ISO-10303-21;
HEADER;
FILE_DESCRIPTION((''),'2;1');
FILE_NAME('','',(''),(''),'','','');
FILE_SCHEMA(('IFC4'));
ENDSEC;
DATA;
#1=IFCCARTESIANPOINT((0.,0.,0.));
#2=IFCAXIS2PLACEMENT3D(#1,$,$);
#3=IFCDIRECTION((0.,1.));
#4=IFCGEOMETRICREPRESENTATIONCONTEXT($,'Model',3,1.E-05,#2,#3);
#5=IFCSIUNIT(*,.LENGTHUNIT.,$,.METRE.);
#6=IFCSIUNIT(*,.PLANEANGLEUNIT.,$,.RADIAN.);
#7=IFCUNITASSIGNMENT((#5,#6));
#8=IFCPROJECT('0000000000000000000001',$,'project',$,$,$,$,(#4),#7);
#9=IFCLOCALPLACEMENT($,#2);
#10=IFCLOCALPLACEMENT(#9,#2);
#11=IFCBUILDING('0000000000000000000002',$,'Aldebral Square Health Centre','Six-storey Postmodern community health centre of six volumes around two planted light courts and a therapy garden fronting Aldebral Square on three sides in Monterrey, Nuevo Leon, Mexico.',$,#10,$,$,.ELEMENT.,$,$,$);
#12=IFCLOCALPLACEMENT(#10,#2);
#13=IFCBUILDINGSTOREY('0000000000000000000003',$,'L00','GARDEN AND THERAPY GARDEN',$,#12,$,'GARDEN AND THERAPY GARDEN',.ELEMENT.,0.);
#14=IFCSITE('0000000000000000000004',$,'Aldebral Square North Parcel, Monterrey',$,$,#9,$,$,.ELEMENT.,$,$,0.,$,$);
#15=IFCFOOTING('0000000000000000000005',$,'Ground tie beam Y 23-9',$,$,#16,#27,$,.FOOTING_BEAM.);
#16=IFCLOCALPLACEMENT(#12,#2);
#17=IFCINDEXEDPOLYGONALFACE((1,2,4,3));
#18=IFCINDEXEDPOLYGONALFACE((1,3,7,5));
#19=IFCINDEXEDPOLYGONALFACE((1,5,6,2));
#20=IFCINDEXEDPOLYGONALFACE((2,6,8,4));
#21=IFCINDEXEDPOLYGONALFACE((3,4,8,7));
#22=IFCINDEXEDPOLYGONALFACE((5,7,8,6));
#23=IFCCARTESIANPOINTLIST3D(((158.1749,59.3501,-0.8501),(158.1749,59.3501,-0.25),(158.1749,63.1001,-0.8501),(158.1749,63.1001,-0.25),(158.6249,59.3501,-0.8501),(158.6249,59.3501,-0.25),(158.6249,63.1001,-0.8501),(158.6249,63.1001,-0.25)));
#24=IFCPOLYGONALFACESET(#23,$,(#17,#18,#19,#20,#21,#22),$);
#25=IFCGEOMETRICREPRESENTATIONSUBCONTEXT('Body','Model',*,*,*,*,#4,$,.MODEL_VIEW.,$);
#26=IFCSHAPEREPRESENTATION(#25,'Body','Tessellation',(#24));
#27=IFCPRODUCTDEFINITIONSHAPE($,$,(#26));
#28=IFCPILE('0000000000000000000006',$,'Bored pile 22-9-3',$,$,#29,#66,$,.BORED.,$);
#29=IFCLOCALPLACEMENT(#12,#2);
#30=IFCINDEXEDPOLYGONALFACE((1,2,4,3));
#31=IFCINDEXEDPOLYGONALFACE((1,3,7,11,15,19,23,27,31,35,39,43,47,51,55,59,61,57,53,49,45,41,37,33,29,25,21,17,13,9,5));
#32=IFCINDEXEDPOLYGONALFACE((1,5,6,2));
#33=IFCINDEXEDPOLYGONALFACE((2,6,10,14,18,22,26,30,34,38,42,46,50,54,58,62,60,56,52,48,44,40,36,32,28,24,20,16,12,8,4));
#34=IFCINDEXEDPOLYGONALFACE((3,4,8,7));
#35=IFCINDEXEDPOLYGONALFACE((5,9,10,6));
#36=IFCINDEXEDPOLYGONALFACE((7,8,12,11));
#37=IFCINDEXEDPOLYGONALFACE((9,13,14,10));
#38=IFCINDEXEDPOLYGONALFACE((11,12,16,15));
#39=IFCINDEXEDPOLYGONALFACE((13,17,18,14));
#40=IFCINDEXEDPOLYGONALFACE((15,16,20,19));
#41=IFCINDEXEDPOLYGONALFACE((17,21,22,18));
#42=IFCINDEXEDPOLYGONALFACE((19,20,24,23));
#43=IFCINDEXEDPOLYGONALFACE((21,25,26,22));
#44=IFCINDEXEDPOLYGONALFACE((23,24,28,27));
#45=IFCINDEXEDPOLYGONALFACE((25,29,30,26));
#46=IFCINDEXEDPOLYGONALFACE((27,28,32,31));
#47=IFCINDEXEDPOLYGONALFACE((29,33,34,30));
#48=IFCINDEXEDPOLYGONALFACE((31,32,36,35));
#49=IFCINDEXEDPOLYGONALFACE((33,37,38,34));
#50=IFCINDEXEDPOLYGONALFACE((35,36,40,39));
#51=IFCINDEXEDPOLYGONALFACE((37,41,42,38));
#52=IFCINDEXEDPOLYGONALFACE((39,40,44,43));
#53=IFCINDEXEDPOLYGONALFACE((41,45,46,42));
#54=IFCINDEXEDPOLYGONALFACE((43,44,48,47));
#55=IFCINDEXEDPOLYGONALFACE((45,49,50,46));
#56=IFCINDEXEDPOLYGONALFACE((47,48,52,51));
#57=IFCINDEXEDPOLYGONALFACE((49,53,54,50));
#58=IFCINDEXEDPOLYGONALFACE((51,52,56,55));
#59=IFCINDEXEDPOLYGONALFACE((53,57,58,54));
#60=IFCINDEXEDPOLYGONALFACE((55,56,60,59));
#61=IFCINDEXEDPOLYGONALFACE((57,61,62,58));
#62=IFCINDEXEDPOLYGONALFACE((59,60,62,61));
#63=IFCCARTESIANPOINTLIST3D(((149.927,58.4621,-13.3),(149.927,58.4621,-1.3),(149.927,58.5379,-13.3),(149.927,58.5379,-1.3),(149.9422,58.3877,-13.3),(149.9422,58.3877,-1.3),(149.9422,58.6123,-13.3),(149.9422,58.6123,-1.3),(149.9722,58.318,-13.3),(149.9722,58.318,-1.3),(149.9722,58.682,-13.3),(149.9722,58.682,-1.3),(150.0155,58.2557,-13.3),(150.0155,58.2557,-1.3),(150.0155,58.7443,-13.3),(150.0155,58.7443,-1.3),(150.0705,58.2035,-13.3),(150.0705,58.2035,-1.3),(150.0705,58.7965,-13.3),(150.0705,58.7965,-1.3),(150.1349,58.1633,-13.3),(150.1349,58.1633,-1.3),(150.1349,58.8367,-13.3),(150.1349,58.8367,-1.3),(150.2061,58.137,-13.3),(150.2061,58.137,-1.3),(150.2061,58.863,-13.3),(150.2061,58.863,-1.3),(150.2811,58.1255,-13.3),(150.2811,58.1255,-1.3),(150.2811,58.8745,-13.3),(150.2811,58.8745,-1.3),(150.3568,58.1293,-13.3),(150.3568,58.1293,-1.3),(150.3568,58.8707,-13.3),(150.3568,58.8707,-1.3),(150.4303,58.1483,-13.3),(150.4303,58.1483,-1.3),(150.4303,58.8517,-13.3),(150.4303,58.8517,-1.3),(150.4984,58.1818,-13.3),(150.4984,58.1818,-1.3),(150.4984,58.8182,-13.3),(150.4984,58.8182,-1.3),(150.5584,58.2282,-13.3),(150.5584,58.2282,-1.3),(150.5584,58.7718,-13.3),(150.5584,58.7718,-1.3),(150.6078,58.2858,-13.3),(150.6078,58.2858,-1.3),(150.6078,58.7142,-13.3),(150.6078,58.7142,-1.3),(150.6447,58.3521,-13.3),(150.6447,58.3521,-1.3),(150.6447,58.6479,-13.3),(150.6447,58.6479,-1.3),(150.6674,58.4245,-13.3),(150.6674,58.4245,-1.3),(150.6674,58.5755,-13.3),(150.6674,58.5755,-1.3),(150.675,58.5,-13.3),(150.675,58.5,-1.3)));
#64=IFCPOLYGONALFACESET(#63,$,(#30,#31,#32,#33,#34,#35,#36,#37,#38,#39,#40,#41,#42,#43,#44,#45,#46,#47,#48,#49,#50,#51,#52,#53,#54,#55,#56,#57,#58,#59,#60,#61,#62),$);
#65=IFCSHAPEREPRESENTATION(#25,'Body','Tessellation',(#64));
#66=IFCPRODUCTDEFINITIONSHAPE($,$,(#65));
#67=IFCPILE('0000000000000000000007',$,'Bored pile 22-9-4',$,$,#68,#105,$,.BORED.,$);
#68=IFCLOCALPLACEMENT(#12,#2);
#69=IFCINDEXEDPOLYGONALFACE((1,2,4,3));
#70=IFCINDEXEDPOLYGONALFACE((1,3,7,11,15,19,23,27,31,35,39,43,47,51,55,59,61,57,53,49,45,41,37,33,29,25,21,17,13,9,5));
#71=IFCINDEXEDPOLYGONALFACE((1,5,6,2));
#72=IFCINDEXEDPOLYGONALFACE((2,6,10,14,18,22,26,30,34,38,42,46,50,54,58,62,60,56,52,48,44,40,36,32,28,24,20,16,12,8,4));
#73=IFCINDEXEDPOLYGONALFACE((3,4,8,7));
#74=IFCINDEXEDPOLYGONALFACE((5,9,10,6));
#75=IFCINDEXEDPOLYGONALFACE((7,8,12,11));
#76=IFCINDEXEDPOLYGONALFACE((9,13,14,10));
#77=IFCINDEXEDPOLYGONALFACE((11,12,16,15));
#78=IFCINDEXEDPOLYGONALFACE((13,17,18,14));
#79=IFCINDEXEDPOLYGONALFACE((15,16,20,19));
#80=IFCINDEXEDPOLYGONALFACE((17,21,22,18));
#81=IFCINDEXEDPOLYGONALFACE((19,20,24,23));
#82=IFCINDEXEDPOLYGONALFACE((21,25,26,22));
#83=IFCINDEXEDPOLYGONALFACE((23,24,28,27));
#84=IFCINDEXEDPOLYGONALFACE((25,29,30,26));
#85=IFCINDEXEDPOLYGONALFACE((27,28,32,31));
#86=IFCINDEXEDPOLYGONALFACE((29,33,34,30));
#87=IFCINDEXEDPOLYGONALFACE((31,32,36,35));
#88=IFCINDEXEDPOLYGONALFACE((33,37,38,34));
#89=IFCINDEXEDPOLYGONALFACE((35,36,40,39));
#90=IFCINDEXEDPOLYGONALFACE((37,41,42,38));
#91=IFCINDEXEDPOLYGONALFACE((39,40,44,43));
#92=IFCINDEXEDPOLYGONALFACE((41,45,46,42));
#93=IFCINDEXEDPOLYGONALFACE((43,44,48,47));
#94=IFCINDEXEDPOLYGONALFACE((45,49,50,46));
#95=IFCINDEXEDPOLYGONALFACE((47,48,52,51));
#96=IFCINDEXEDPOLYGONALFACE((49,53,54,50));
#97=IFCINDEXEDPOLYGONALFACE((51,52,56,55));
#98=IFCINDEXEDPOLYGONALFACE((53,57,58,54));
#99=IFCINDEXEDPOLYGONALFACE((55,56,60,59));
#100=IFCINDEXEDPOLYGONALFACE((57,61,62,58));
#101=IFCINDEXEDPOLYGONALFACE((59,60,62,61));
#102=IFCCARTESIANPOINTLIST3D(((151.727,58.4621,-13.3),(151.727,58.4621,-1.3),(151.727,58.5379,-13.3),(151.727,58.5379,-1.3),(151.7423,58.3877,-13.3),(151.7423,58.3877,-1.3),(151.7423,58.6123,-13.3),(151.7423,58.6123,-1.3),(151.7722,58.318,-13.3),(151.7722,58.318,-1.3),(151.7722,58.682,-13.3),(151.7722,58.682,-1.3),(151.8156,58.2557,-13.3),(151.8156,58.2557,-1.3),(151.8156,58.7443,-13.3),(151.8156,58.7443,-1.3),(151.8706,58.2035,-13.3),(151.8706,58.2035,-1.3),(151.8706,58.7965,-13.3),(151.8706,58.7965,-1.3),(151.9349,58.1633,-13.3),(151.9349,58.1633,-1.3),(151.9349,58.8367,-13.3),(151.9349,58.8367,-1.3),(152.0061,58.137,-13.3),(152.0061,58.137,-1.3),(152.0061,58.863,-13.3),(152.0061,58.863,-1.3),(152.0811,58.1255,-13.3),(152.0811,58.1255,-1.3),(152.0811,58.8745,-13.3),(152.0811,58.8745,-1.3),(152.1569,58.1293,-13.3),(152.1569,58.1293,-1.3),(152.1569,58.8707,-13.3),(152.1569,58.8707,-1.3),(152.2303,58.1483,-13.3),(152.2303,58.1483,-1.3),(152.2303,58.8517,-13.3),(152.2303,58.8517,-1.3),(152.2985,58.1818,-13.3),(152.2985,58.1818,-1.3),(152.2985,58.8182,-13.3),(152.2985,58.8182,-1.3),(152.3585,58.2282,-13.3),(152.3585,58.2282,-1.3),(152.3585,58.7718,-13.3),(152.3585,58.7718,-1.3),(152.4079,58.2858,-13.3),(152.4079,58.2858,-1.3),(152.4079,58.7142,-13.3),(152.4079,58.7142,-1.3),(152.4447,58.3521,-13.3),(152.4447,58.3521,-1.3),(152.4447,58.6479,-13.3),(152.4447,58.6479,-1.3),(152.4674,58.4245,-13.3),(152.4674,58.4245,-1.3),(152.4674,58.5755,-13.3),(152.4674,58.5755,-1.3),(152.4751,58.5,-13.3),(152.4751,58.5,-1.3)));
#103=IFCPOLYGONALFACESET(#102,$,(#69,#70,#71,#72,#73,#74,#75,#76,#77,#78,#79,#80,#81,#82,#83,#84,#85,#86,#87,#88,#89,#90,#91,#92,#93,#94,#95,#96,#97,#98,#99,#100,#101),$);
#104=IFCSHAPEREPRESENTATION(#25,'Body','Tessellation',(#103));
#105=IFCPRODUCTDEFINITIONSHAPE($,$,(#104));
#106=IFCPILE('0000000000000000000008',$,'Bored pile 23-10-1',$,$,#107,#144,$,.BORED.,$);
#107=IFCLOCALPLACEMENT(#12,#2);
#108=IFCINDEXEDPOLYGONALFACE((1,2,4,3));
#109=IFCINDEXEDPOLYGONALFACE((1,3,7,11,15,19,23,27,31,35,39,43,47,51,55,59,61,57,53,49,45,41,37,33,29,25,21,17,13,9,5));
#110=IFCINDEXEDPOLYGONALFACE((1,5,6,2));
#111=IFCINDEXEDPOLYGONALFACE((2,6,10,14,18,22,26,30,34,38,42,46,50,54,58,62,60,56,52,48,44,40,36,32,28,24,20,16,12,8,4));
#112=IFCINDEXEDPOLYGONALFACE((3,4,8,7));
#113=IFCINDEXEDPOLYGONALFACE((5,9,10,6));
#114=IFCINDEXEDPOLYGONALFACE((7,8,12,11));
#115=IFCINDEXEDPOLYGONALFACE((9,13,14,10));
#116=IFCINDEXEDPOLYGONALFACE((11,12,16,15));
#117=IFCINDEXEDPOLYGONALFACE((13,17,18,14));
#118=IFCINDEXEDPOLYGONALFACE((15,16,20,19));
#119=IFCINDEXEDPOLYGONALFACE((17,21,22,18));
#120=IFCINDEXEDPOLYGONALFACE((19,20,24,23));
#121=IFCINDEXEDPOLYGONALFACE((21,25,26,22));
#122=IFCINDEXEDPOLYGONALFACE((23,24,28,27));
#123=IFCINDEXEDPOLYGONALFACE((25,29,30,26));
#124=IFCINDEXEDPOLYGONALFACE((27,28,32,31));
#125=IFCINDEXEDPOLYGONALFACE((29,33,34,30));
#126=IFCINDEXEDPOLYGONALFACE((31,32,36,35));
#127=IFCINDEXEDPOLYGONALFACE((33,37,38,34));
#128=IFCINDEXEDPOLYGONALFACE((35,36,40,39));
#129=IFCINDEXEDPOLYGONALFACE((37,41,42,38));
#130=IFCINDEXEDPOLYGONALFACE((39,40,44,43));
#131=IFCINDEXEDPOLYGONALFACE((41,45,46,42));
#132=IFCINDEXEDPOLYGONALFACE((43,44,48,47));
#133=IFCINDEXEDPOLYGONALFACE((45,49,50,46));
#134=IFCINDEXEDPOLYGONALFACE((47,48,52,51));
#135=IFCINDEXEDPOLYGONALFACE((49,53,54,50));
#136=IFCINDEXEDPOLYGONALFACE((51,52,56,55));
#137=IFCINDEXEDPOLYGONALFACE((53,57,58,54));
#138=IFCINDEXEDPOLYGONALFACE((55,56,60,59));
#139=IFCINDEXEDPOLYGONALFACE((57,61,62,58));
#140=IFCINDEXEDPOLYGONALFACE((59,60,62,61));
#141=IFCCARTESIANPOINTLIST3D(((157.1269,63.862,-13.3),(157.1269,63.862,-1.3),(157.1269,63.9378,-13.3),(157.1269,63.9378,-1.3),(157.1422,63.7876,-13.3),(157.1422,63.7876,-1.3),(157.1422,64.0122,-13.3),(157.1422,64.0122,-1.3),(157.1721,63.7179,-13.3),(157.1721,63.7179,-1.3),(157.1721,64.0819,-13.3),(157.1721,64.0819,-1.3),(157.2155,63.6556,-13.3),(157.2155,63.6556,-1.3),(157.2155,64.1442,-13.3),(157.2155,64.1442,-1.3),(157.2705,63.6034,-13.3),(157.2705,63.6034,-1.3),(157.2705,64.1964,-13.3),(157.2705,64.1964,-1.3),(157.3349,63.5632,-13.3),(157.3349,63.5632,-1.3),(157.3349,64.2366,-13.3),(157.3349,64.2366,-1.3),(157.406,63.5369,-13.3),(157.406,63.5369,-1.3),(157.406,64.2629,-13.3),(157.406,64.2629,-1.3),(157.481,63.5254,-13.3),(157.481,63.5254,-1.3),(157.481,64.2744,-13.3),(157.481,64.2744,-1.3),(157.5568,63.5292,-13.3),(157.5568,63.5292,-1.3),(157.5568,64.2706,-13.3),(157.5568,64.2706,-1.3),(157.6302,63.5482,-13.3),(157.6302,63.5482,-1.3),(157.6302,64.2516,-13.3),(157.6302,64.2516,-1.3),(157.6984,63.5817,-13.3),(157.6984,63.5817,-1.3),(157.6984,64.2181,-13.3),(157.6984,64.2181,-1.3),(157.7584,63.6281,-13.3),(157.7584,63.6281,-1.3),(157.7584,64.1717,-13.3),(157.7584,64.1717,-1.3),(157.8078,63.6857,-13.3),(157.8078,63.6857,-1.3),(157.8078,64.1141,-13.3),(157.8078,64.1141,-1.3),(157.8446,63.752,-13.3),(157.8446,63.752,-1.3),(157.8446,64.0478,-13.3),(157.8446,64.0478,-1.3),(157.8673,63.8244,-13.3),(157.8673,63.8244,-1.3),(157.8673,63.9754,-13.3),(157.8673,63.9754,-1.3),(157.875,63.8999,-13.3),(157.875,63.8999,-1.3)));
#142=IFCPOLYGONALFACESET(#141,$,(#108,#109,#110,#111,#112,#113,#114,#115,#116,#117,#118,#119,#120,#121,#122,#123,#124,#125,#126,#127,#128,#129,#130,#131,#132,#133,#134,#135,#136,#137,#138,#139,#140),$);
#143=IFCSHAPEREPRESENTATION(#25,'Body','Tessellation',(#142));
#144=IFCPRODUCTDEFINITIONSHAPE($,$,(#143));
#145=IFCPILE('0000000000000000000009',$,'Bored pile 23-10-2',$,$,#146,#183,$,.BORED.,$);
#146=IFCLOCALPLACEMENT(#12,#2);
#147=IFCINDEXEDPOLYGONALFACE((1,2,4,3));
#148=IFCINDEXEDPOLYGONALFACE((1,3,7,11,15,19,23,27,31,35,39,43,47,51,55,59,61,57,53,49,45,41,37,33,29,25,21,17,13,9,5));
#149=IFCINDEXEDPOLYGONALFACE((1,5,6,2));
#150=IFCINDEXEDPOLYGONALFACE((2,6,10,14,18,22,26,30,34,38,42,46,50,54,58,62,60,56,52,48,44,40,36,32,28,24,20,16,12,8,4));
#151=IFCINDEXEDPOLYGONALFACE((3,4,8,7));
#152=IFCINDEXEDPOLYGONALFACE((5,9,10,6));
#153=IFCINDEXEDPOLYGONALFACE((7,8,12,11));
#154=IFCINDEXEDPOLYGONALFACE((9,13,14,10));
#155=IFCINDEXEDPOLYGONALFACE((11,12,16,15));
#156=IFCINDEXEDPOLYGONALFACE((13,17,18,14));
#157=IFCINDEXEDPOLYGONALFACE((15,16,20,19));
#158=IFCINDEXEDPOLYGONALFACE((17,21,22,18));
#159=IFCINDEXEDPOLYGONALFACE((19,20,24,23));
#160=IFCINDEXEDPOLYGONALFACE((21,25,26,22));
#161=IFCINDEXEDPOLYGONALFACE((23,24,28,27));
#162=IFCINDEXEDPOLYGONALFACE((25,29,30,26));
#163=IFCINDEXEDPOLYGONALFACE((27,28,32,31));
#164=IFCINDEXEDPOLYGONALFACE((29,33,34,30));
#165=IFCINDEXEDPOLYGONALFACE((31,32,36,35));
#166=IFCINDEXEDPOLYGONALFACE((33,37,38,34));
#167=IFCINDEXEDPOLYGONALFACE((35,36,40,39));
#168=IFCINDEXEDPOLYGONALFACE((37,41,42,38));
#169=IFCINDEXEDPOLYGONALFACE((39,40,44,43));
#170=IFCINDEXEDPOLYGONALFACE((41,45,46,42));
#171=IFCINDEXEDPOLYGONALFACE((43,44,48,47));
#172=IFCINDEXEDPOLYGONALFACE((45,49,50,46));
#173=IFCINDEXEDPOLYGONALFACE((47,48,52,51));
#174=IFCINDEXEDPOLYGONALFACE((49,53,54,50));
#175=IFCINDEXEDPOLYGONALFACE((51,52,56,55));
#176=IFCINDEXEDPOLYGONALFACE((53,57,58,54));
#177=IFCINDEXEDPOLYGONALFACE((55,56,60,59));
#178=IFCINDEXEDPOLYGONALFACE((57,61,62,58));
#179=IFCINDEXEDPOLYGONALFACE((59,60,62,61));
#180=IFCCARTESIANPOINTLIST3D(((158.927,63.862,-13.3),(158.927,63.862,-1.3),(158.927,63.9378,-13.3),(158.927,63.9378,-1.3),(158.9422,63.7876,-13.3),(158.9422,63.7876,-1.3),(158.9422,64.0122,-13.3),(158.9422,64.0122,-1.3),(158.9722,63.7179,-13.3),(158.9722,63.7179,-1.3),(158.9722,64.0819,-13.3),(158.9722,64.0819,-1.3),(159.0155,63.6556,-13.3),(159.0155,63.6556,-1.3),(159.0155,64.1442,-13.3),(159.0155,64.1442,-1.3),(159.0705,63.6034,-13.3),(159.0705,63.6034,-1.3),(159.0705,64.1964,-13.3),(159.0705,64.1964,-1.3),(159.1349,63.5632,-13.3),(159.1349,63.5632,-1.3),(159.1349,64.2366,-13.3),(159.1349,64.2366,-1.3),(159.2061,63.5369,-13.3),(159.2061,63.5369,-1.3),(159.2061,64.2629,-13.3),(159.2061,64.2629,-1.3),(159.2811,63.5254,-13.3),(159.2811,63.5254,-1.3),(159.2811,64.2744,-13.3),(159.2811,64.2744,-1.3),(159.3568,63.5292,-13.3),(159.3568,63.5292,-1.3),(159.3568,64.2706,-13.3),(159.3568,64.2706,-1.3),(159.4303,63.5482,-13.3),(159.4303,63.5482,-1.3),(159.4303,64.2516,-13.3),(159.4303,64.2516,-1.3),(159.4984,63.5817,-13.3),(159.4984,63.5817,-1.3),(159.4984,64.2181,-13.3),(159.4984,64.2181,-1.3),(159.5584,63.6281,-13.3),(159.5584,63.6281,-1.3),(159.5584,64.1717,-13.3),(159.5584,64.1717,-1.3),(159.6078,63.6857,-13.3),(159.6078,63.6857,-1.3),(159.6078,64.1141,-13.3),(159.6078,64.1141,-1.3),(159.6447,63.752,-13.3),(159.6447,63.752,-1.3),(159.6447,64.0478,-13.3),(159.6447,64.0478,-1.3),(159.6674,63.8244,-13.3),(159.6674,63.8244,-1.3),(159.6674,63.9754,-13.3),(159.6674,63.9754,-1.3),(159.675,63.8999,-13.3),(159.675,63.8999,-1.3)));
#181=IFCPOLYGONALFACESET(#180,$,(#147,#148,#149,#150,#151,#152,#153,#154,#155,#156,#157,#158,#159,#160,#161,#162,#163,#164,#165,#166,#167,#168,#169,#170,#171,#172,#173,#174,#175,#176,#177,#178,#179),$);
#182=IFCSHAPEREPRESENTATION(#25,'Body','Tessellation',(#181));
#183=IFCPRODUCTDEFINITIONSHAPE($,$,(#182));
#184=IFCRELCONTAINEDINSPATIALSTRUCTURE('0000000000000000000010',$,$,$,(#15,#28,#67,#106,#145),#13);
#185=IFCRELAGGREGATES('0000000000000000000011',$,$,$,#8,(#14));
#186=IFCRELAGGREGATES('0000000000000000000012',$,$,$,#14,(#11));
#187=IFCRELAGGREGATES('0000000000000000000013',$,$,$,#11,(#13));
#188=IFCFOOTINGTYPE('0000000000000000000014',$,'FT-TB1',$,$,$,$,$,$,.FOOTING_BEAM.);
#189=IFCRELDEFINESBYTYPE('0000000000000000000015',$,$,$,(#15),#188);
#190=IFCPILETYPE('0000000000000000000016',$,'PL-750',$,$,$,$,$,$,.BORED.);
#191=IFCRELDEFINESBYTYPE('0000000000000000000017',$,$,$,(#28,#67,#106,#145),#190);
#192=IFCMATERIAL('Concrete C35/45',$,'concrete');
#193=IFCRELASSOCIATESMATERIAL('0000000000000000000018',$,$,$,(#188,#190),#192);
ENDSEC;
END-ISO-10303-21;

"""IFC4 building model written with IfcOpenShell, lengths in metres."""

from ifc_helpers import new_model, si_unit, direction, frame, origin, origin_2d, place, context, subcontext, project, spatial, rectangle, circle, extrude, material, material_profile, profile_set, type_object, element, save


model = new_model("IFC4")

# Units and contexts
model_context = context("Model", 3, precision=1e-05, world=origin(), true_north=direction((0.0, 1.0)))
body_context = subcontext(model_context, "Body", "Model", "MODEL_VIEW")
ifc_project = project(units=[si_unit("LENGTHUNIT", "METRE"), si_unit("PLANEANGLEUNIT", "RADIAN")], contexts=[model_context])

# Site, building, storey
site_placement = place(None, origin())
site = spatial("IfcSite", under=ifc_project, at=site_placement, Name="Aldebral Square North Parcel, Monterrey", CompositionType="ELEMENT", RefElevation=0.0)
building_placement = place(site_placement, origin())
building = spatial("IfcBuilding", under=site, at=building_placement, Name="Aldebral Square Health Centre", Description="Six-storey Postmodern community health centre of six volumes around two planted light courts and a therapy garden fronting Aldebral Square on three sides in Monterrey, Nuevo Leon, Mexico.", CompositionType="ELEMENT")
storey_placement = place(building_placement, origin())
storey = spatial("IfcBuildingStorey", under=building, at=storey_placement, Name="L00", Description="GARDEN AND THERAPY GARDEN", LongName="GARDEN AND THERAPY GARDEN", CompositionType="ELEMENT", Elevation=0.0)

# Footing
ifc_material_1 = material(Name="Concrete C35/45", Category="concrete")
ifc_material_profile_1 = material_profile(ifc_material_1, rectangle(XDim=0.45, YDim=0.6001, at=origin_2d()), Name="RC 450x600")
ifc_profile_set_1 = profile_set([ifc_material_profile_1], Name="Concrete C35/45")
footing_type = type_object("IfcFootingType", Name="FT-TB1", PredefinedType="FOOTING_BEAM", material=ifc_profile_set_1)
footing_placement = place(storey_placement, frame((158.3999, 59.3501, -0.55), z_axis=(0.0, 1.0, 0.0), x_axis=(-1.0, 0.0, 0.0)))
element("IfcFooting", 1, at=footing_placement, inside=storey, type_object=footing_type, Name="Ground tie beam Y 23-9", PredefinedType="FOOTING_BEAM", context=body_context, shape_type="SweptSolid", body=[
    extrude(rectangle(XDim=0.45, YDim=0.6001, at=origin_2d()), origin(), (0.0, 0.0, 1.0), 3.75),
])

# Piles
ifc_material_profile_2 = material_profile(ifc_material_1, circle(Radius=0.375, at=origin_2d()), Name="PILE D750")
ifc_profile_set_2 = profile_set([ifc_material_profile_2], Name="Concrete C35/45")
pile_type_1 = type_object("IfcPileType", Name="PL-750", PredefinedType="BORED", material=ifc_profile_set_2)
for number, where, z_axis, x_axis, name in (
    (2, (150.3, 58.5, -1.3), (0.0, 0.0, -1.0), (1.0, 0.0, 0.0), "Bored pile 22-9-3"),
    (3, (152.1001, 58.5, -1.3), (0.0, 0.0, -1.0), (1.0, 0.0, 0.0), "Bored pile 22-9-4"),
    (4, (157.5, 63.8999, -1.3), (0.0, 0.0, -1.0), (1.0, 0.0, 0.0), "Bored pile 23-10-1"),
    (5, (159.3, 63.8999, -1.3), (0.0, 0.0, -1.0), (1.0, 0.0, 0.0), "Bored pile 23-10-2"),
):
    element("IfcPile", number, at=place(storey_placement, frame(where, z_axis=z_axis, x_axis=x_axis)), inside=storey, type_object=pile_type_1, Name=name, PredefinedType="BORED", context=body_context, shape_type="SweptSolid", body=[
        extrude(circle(Radius=0.375, at=origin_2d()), origin(), (0.0, 0.0, 1.0), 12.0),
    ])

save(model, "model.ifc")
